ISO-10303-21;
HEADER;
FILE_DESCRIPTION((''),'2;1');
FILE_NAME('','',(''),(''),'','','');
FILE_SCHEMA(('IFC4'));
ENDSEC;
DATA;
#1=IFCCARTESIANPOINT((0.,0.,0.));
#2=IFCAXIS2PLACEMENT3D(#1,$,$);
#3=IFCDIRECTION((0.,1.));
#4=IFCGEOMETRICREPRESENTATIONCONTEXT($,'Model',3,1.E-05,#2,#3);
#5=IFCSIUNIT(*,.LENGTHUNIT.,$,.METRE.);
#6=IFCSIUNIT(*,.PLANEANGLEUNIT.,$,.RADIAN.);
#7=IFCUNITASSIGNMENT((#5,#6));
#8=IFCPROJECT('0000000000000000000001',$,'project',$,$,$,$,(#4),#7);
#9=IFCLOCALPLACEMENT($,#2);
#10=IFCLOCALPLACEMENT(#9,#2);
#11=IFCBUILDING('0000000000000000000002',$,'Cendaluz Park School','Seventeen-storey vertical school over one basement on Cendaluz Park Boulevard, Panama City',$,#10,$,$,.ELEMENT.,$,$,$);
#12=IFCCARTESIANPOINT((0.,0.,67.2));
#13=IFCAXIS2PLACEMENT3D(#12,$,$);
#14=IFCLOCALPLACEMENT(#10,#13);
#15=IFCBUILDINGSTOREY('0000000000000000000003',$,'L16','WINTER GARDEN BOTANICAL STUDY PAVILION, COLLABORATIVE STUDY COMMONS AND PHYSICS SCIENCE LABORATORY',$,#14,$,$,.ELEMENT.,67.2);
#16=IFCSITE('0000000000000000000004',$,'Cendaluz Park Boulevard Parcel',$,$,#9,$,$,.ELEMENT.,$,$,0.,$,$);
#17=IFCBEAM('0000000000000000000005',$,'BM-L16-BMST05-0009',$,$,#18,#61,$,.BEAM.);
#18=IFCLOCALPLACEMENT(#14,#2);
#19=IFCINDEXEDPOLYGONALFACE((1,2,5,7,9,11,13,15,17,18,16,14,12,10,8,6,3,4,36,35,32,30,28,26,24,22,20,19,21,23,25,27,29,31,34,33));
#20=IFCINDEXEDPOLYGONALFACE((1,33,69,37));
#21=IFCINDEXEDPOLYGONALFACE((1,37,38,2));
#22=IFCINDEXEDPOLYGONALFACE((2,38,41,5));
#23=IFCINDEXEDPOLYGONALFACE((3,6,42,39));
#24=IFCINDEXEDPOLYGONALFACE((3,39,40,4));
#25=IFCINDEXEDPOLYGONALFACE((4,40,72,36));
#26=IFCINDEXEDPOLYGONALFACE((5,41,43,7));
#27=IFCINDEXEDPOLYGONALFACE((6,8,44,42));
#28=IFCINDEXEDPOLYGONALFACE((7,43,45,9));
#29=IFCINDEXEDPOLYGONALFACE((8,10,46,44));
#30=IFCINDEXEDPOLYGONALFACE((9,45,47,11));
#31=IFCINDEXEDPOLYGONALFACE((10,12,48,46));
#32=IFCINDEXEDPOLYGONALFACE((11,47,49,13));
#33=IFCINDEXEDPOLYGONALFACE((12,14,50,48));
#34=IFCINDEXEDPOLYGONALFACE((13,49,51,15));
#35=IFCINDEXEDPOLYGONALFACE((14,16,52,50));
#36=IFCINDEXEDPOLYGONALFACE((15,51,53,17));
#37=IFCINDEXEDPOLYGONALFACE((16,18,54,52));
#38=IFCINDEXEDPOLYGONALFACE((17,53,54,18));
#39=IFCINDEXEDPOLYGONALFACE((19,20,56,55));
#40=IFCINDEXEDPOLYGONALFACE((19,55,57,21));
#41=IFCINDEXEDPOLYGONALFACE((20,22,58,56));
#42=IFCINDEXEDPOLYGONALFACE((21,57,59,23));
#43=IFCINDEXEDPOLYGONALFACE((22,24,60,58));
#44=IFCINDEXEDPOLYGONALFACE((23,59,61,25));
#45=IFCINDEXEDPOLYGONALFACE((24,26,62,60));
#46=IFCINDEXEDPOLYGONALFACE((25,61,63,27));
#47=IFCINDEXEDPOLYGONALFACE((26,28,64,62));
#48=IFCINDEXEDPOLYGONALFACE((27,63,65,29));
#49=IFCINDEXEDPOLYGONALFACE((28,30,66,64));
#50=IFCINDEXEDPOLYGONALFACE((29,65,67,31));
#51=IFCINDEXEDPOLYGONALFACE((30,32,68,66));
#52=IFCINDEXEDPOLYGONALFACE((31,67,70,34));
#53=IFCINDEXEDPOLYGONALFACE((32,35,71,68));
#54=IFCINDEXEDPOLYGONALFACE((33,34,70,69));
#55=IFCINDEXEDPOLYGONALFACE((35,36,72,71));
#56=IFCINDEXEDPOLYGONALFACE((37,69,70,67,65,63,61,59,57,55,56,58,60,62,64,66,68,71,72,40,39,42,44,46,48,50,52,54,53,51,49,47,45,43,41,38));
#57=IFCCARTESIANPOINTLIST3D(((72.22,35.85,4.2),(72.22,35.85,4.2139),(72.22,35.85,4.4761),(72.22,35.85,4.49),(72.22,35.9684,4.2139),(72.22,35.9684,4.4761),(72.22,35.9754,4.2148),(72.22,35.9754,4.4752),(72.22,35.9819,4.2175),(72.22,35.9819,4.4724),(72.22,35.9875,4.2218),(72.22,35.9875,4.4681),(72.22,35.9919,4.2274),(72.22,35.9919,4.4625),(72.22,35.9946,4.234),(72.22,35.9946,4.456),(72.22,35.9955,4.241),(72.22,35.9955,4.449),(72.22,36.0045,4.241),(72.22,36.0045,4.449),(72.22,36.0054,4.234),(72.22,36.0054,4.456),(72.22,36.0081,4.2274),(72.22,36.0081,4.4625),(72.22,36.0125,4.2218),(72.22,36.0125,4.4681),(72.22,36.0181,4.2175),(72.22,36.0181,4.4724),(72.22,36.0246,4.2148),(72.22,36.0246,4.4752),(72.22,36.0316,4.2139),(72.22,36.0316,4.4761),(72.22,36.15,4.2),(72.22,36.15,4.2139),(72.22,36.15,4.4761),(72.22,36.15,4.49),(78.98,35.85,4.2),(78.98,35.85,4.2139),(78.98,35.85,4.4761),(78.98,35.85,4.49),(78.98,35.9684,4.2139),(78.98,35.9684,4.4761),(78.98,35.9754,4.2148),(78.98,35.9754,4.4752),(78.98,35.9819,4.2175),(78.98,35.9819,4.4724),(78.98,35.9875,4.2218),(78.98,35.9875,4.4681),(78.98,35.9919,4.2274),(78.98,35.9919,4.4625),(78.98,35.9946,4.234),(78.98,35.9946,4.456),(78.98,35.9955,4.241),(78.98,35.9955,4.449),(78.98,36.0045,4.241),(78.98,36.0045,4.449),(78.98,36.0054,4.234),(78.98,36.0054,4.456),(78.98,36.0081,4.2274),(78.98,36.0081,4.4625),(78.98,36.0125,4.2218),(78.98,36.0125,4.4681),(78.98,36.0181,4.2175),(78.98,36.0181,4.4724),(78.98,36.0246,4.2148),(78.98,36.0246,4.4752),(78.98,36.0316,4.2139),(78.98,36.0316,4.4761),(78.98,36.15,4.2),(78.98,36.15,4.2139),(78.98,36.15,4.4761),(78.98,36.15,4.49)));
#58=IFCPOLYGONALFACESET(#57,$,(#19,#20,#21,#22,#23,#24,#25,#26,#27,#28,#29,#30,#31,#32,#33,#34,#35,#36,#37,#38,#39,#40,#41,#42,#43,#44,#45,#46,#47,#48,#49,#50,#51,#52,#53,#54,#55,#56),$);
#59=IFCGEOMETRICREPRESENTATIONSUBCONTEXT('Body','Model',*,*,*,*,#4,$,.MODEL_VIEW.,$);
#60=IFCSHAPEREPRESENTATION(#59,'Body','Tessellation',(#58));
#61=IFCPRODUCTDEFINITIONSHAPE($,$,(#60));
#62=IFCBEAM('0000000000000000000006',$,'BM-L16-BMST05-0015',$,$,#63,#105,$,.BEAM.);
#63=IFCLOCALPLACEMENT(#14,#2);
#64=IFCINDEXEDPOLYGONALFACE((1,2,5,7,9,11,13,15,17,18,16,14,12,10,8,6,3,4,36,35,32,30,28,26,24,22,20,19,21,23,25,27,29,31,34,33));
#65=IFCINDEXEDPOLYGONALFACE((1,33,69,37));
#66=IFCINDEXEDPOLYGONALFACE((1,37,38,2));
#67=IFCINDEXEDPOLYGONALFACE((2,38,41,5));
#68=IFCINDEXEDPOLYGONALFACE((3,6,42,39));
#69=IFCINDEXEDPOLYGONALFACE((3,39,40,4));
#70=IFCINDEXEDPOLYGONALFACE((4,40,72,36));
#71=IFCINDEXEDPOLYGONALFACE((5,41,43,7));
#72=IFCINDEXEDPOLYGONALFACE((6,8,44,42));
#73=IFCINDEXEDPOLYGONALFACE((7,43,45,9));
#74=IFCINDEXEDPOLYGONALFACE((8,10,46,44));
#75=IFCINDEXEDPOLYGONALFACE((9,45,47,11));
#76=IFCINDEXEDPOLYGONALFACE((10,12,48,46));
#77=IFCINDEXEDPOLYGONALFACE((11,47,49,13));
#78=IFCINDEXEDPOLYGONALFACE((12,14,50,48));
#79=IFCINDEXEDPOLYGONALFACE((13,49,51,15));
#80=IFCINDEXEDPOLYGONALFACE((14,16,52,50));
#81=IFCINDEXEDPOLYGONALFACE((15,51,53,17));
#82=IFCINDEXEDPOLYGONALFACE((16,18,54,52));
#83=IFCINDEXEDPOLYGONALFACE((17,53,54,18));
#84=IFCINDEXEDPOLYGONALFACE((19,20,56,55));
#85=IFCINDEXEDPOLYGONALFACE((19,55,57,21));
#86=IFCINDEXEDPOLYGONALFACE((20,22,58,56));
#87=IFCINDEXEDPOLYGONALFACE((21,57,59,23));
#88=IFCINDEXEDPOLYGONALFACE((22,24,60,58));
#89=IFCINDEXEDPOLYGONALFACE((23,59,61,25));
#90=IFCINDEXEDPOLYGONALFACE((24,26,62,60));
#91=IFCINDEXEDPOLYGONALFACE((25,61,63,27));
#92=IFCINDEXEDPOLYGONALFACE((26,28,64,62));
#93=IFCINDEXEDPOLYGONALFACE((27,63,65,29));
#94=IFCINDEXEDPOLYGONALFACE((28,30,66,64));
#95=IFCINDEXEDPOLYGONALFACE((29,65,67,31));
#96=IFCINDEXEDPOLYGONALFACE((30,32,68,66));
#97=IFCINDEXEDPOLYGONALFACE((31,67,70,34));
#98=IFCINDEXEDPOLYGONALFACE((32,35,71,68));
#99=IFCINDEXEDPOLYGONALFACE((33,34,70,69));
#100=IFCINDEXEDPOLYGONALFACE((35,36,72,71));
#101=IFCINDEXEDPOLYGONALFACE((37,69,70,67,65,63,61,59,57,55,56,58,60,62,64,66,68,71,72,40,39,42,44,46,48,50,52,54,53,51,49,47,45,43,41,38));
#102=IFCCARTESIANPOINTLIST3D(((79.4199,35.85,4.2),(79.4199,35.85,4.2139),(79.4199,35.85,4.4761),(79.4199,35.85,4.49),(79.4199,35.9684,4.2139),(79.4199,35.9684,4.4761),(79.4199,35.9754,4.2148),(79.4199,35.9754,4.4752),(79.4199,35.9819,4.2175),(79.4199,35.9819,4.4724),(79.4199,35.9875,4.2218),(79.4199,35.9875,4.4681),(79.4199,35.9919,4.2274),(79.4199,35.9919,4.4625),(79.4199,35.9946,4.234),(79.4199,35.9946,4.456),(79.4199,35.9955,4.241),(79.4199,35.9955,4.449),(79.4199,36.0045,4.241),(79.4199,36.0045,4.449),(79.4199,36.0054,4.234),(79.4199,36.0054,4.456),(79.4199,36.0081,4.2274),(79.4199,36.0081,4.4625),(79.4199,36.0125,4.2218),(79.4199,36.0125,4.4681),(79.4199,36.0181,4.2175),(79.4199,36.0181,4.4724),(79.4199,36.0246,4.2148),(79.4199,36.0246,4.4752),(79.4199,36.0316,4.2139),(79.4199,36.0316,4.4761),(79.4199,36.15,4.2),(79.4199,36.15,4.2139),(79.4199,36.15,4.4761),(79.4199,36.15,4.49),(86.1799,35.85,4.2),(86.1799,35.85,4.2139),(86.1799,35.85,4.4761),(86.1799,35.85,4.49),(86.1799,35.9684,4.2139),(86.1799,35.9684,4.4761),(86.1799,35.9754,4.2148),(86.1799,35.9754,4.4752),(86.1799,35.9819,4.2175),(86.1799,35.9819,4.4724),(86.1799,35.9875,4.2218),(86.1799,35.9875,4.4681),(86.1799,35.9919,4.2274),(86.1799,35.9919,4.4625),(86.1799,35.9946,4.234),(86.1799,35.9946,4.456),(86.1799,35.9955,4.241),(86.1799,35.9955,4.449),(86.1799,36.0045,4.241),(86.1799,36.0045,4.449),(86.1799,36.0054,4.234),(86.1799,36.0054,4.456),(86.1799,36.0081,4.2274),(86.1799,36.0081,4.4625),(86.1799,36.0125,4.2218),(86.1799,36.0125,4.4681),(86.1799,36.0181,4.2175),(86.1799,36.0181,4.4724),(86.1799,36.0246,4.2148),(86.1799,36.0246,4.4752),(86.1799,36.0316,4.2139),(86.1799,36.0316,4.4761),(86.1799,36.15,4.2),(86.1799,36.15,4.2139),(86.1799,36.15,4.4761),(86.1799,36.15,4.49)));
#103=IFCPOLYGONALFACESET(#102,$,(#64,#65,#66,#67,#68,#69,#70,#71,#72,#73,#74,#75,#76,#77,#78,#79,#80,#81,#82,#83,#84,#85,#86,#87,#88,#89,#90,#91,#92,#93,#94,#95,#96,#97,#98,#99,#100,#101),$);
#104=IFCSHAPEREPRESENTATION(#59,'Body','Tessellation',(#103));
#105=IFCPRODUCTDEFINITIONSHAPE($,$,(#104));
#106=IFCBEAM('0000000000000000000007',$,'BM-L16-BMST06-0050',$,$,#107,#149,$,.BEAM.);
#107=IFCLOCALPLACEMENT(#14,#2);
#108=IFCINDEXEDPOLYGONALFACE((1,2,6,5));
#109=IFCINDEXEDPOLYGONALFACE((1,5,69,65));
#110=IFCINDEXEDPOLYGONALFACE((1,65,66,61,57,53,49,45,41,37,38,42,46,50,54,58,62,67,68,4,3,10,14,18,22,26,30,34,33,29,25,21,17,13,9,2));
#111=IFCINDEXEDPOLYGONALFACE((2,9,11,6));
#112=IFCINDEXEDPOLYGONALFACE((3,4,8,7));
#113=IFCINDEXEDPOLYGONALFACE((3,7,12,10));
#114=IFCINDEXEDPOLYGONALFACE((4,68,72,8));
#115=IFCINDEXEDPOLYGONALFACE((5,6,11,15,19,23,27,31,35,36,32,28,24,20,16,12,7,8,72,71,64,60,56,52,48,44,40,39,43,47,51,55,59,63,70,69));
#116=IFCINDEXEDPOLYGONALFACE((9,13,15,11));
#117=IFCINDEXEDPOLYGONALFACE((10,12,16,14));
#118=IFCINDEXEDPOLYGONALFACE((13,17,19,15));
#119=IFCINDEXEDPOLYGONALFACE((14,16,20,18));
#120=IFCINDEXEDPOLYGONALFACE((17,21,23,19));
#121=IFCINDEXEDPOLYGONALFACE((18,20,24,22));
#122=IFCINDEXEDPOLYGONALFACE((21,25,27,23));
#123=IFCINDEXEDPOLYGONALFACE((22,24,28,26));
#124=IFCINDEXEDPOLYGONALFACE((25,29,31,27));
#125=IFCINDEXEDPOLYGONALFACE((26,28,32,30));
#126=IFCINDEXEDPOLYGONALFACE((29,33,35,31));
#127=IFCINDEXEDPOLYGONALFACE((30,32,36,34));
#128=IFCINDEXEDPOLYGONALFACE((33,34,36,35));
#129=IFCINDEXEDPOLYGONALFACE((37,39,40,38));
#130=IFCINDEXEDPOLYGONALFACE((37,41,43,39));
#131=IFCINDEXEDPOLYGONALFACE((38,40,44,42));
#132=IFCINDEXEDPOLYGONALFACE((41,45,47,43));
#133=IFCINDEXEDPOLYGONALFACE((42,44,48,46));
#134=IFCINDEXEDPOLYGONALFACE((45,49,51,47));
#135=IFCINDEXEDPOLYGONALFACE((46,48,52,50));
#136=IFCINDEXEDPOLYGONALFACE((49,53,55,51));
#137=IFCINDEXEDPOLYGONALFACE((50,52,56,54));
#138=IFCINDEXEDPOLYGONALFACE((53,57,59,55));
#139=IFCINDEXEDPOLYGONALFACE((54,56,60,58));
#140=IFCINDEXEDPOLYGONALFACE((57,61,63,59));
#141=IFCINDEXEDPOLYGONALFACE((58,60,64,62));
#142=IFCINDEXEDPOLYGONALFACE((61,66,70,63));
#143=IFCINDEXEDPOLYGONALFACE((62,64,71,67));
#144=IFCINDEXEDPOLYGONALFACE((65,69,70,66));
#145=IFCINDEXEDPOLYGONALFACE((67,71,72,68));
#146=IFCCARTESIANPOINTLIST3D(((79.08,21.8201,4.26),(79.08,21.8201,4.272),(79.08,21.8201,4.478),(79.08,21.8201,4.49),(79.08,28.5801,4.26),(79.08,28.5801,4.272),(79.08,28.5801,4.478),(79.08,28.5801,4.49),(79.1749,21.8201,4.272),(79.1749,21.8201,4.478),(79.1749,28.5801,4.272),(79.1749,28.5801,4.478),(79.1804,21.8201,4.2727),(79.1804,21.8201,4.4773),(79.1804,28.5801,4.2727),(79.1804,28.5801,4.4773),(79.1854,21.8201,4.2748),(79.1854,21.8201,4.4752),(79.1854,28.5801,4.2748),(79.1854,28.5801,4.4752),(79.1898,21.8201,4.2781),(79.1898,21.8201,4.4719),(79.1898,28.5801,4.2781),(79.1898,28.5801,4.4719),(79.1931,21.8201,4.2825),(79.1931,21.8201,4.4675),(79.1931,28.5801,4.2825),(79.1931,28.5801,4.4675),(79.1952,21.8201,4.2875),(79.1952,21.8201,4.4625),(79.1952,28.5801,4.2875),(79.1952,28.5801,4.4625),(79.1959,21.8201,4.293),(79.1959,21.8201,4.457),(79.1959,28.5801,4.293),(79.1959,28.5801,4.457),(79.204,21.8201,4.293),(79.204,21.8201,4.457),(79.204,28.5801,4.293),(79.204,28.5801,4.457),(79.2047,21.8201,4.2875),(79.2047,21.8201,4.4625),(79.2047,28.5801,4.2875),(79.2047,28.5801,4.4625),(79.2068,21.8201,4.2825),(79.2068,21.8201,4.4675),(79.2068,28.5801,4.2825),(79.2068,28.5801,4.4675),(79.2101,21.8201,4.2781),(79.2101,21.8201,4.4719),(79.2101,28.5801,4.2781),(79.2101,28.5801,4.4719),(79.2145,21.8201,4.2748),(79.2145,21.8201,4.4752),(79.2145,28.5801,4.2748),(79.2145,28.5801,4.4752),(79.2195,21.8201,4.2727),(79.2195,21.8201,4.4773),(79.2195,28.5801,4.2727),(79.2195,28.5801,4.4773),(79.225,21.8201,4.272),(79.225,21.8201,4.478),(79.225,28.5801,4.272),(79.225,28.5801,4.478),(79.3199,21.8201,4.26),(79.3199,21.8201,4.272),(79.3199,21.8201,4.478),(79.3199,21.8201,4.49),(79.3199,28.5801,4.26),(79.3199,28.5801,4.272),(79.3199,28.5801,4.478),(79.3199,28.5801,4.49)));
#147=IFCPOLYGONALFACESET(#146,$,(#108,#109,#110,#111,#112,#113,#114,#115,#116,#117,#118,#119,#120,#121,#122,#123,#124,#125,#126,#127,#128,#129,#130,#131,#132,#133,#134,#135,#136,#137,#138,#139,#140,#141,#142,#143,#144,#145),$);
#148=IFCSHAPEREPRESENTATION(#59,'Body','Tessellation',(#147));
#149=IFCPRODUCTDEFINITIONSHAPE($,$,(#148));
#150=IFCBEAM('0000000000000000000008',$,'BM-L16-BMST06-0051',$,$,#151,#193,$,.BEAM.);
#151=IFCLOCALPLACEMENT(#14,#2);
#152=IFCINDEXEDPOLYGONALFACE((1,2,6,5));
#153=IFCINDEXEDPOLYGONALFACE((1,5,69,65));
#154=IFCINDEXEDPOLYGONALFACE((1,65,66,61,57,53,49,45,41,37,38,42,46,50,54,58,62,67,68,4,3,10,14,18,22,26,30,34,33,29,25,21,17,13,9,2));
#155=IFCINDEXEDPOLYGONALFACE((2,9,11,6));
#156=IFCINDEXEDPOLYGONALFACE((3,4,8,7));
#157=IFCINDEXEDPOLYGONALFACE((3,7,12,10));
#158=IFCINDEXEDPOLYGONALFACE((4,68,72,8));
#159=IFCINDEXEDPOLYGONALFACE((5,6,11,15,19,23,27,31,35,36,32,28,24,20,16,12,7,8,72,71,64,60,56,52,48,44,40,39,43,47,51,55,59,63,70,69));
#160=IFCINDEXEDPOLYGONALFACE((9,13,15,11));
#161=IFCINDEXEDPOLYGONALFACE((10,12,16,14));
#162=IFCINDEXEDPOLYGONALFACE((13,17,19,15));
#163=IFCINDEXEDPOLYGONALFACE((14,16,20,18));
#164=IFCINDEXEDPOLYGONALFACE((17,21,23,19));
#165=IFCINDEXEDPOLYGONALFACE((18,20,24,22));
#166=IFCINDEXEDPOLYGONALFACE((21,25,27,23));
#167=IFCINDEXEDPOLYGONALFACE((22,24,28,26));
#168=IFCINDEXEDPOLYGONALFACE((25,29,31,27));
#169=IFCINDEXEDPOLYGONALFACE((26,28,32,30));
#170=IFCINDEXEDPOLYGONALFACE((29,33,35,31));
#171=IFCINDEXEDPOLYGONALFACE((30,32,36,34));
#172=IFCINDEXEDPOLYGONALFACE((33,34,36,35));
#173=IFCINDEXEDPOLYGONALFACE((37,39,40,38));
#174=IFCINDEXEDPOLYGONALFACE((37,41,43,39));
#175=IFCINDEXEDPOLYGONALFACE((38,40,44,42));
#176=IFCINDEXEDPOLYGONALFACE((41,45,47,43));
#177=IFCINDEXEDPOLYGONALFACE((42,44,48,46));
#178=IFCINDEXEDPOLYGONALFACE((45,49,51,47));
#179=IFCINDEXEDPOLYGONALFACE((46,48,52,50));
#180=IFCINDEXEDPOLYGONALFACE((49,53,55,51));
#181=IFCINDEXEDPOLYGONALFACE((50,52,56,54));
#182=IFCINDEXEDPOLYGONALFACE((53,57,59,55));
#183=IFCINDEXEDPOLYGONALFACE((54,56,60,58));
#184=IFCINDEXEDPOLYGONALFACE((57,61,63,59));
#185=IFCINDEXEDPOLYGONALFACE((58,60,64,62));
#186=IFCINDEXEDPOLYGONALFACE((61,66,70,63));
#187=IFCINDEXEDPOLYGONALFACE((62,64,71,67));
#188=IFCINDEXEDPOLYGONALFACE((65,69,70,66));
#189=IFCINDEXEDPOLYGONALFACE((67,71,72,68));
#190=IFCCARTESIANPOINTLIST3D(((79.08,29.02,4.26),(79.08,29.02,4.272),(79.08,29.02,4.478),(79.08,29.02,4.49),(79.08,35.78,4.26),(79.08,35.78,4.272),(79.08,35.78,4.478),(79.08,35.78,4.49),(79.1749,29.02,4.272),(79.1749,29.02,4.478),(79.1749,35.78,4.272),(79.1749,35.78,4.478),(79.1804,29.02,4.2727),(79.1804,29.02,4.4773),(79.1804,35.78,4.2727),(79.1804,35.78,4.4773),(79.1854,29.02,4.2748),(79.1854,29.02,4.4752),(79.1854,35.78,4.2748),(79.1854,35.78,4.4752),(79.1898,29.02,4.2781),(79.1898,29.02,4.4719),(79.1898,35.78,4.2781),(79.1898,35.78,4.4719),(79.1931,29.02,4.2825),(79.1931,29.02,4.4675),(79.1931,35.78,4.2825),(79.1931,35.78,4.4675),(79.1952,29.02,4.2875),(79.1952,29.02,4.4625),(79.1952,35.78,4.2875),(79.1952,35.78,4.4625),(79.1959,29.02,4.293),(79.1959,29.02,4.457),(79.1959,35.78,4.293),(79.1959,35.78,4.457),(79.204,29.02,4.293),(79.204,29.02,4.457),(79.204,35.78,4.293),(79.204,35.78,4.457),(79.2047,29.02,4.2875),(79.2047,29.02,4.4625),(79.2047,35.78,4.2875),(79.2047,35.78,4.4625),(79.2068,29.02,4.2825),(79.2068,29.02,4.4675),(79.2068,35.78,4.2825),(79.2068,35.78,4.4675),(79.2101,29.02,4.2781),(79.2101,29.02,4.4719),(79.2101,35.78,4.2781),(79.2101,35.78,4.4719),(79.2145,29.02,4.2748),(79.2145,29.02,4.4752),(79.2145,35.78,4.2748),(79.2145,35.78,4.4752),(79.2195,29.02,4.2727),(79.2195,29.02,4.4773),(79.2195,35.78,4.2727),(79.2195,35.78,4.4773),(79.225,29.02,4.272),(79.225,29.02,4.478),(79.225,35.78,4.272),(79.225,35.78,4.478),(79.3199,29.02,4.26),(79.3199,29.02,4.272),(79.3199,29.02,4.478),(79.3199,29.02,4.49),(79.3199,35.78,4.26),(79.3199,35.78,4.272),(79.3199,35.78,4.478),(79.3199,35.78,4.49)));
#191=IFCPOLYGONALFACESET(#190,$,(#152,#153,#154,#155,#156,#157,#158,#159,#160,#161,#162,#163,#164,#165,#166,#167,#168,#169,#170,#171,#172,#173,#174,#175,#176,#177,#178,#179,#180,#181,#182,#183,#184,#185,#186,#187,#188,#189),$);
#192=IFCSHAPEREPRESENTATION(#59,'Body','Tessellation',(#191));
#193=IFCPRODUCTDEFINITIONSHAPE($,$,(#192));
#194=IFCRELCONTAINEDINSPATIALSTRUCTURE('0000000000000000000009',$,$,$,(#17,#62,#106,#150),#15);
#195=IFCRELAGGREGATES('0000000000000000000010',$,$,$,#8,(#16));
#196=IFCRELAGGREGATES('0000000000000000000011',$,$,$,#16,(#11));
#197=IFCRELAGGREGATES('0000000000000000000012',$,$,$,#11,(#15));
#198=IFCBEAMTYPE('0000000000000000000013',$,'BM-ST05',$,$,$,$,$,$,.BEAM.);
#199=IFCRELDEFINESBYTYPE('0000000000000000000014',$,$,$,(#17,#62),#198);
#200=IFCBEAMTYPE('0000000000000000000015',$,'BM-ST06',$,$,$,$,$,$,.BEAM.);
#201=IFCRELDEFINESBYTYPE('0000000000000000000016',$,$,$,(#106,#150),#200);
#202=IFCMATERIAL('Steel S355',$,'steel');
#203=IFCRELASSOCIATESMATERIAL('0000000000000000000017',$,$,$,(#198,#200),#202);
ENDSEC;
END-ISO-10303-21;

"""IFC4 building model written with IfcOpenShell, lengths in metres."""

from ifc_helpers import new_model, si_unit, direction, frame, origin, origin_2d, place, context, subcontext, project, spatial, i_section, extrude, material, material_profile, profile_set, type_object, element, save


model = new_model("IFC4")

# Units and contexts
model_context = context("Model", 3, precision=1e-05, world=origin(), true_north=direction((0.0, 1.0)))
body_context = subcontext(model_context, "Body", "Model", "MODEL_VIEW")
ifc_project = project(units=[si_unit("LENGTHUNIT", "METRE"), si_unit("PLANEANGLEUNIT", "RADIAN")], contexts=[model_context])

# Site, building, storey
site_placement = place(None, origin())
site = spatial("IfcSite", under=ifc_project, at=site_placement, Name="Cendaluz Park Boulevard Parcel", CompositionType="ELEMENT", RefElevation=0.0)
building_placement = place(site_placement, origin())
building = spatial("IfcBuilding", under=site, at=building_placement, Name="Cendaluz Park School", Description="Seventeen-storey vertical school over one basement on Cendaluz Park Boulevard, Panama City", CompositionType="ELEMENT")
storey_placement = place(building_placement, frame((0.0, 0.0, 67.2)))
storey = spatial("IfcBuildingStorey", under=building, at=storey_placement, Name="L16", Description="WINTER GARDEN BOTANICAL STUDY PAVILION, COLLABORATIVE STUDY COMMONS AND PHYSICS SCIENCE LABORATORY", CompositionType="ELEMENT", Elevation=67.2)

# Beams
ifc_material_1 = material(Name="Steel S355", Category="steel")
ifc_material_profile_1 = material_profile(ifc_material_1, i_section(OverallWidth=0.3, OverallDepth=0.29, WebThickness=0.009, FlangeThickness=0.0139, FilletRadius=0.0271, at=origin_2d()), Name="HEA 300", Category="steel")
ifc_profile_set_1 = profile_set([ifc_material_profile_1], Name="Steel S355")
beam_type_1 = type_object("IfcBeamType", Name="BM-ST05", PredefinedType="BEAM", material=ifc_profile_set_1)
for number, where, z_axis, x_axis, name in (
    (1, (72.22, 36.0, 4.345), (1.0, 0.0, 0.0), (0.0, 1.0, 0.0), "BM-L16-BMST05-0009"),
    (2, (79.4199, 36.0, 4.345), (1.0, 0.0, 0.0), (0.0, 1.0, 0.0), "BM-L16-BMST05-0015"),
):
    element("IfcBeam", number, at=place(storey_placement, frame(where, z_axis=z_axis, x_axis=x_axis)), inside=storey, type_object=beam_type_1, Name=name, PredefinedType="BEAM", context=body_context, shape_type="SweptSolid", body=[
        extrude(i_section(OverallWidth=0.3, OverallDepth=0.29, WebThickness=0.009, FlangeThickness=0.0139, FilletRadius=0.0271, at=origin_2d()), origin(), (0.0, 0.0, 1.0), 6.76),
    ])
ifc_material_profile_2 = material_profile(ifc_material_1, i_section(OverallWidth=0.24, OverallDepth=0.23, WebThickness=0.0081, FlangeThickness=0.012, FilletRadius=0.021, at=origin_2d()), Name="HEA 240", Category="steel")
ifc_profile_set_2 = profile_set([ifc_material_profile_2], Name="Steel S355")
beam_type_2 = type_object("IfcBeamType", Name="BM-ST06", PredefinedType="BEAM", material=ifc_profile_set_2)
for number, where, z_axis, x_axis, name in (
    (3, (79.2, 21.8201, 4.375), (0.0, 1.0, 0.0), (-1.0, 0.0, 0.0), "BM-L16-BMST06-0050"),
    (4, (79.2, 29.02, 4.375), (0.0, 1.0, 0.0), (-1.0, 0.0, 0.0), "BM-L16-BMST06-0051"),
):
    element("IfcBeam", number, at=place(storey_placement, frame(where, z_axis=z_axis, x_axis=x_axis)), inside=storey, type_object=beam_type_2, Name=name, PredefinedType="BEAM", context=body_context, shape_type="SweptSolid", body=[
        extrude(i_section(OverallWidth=0.24, OverallDepth=0.23, WebThickness=0.0081, FlangeThickness=0.012, FilletRadius=0.021, at=origin_2d()), origin(), (0.0, 0.0, 1.0), 6.76),
    ])

save(model, "model.ifc")
